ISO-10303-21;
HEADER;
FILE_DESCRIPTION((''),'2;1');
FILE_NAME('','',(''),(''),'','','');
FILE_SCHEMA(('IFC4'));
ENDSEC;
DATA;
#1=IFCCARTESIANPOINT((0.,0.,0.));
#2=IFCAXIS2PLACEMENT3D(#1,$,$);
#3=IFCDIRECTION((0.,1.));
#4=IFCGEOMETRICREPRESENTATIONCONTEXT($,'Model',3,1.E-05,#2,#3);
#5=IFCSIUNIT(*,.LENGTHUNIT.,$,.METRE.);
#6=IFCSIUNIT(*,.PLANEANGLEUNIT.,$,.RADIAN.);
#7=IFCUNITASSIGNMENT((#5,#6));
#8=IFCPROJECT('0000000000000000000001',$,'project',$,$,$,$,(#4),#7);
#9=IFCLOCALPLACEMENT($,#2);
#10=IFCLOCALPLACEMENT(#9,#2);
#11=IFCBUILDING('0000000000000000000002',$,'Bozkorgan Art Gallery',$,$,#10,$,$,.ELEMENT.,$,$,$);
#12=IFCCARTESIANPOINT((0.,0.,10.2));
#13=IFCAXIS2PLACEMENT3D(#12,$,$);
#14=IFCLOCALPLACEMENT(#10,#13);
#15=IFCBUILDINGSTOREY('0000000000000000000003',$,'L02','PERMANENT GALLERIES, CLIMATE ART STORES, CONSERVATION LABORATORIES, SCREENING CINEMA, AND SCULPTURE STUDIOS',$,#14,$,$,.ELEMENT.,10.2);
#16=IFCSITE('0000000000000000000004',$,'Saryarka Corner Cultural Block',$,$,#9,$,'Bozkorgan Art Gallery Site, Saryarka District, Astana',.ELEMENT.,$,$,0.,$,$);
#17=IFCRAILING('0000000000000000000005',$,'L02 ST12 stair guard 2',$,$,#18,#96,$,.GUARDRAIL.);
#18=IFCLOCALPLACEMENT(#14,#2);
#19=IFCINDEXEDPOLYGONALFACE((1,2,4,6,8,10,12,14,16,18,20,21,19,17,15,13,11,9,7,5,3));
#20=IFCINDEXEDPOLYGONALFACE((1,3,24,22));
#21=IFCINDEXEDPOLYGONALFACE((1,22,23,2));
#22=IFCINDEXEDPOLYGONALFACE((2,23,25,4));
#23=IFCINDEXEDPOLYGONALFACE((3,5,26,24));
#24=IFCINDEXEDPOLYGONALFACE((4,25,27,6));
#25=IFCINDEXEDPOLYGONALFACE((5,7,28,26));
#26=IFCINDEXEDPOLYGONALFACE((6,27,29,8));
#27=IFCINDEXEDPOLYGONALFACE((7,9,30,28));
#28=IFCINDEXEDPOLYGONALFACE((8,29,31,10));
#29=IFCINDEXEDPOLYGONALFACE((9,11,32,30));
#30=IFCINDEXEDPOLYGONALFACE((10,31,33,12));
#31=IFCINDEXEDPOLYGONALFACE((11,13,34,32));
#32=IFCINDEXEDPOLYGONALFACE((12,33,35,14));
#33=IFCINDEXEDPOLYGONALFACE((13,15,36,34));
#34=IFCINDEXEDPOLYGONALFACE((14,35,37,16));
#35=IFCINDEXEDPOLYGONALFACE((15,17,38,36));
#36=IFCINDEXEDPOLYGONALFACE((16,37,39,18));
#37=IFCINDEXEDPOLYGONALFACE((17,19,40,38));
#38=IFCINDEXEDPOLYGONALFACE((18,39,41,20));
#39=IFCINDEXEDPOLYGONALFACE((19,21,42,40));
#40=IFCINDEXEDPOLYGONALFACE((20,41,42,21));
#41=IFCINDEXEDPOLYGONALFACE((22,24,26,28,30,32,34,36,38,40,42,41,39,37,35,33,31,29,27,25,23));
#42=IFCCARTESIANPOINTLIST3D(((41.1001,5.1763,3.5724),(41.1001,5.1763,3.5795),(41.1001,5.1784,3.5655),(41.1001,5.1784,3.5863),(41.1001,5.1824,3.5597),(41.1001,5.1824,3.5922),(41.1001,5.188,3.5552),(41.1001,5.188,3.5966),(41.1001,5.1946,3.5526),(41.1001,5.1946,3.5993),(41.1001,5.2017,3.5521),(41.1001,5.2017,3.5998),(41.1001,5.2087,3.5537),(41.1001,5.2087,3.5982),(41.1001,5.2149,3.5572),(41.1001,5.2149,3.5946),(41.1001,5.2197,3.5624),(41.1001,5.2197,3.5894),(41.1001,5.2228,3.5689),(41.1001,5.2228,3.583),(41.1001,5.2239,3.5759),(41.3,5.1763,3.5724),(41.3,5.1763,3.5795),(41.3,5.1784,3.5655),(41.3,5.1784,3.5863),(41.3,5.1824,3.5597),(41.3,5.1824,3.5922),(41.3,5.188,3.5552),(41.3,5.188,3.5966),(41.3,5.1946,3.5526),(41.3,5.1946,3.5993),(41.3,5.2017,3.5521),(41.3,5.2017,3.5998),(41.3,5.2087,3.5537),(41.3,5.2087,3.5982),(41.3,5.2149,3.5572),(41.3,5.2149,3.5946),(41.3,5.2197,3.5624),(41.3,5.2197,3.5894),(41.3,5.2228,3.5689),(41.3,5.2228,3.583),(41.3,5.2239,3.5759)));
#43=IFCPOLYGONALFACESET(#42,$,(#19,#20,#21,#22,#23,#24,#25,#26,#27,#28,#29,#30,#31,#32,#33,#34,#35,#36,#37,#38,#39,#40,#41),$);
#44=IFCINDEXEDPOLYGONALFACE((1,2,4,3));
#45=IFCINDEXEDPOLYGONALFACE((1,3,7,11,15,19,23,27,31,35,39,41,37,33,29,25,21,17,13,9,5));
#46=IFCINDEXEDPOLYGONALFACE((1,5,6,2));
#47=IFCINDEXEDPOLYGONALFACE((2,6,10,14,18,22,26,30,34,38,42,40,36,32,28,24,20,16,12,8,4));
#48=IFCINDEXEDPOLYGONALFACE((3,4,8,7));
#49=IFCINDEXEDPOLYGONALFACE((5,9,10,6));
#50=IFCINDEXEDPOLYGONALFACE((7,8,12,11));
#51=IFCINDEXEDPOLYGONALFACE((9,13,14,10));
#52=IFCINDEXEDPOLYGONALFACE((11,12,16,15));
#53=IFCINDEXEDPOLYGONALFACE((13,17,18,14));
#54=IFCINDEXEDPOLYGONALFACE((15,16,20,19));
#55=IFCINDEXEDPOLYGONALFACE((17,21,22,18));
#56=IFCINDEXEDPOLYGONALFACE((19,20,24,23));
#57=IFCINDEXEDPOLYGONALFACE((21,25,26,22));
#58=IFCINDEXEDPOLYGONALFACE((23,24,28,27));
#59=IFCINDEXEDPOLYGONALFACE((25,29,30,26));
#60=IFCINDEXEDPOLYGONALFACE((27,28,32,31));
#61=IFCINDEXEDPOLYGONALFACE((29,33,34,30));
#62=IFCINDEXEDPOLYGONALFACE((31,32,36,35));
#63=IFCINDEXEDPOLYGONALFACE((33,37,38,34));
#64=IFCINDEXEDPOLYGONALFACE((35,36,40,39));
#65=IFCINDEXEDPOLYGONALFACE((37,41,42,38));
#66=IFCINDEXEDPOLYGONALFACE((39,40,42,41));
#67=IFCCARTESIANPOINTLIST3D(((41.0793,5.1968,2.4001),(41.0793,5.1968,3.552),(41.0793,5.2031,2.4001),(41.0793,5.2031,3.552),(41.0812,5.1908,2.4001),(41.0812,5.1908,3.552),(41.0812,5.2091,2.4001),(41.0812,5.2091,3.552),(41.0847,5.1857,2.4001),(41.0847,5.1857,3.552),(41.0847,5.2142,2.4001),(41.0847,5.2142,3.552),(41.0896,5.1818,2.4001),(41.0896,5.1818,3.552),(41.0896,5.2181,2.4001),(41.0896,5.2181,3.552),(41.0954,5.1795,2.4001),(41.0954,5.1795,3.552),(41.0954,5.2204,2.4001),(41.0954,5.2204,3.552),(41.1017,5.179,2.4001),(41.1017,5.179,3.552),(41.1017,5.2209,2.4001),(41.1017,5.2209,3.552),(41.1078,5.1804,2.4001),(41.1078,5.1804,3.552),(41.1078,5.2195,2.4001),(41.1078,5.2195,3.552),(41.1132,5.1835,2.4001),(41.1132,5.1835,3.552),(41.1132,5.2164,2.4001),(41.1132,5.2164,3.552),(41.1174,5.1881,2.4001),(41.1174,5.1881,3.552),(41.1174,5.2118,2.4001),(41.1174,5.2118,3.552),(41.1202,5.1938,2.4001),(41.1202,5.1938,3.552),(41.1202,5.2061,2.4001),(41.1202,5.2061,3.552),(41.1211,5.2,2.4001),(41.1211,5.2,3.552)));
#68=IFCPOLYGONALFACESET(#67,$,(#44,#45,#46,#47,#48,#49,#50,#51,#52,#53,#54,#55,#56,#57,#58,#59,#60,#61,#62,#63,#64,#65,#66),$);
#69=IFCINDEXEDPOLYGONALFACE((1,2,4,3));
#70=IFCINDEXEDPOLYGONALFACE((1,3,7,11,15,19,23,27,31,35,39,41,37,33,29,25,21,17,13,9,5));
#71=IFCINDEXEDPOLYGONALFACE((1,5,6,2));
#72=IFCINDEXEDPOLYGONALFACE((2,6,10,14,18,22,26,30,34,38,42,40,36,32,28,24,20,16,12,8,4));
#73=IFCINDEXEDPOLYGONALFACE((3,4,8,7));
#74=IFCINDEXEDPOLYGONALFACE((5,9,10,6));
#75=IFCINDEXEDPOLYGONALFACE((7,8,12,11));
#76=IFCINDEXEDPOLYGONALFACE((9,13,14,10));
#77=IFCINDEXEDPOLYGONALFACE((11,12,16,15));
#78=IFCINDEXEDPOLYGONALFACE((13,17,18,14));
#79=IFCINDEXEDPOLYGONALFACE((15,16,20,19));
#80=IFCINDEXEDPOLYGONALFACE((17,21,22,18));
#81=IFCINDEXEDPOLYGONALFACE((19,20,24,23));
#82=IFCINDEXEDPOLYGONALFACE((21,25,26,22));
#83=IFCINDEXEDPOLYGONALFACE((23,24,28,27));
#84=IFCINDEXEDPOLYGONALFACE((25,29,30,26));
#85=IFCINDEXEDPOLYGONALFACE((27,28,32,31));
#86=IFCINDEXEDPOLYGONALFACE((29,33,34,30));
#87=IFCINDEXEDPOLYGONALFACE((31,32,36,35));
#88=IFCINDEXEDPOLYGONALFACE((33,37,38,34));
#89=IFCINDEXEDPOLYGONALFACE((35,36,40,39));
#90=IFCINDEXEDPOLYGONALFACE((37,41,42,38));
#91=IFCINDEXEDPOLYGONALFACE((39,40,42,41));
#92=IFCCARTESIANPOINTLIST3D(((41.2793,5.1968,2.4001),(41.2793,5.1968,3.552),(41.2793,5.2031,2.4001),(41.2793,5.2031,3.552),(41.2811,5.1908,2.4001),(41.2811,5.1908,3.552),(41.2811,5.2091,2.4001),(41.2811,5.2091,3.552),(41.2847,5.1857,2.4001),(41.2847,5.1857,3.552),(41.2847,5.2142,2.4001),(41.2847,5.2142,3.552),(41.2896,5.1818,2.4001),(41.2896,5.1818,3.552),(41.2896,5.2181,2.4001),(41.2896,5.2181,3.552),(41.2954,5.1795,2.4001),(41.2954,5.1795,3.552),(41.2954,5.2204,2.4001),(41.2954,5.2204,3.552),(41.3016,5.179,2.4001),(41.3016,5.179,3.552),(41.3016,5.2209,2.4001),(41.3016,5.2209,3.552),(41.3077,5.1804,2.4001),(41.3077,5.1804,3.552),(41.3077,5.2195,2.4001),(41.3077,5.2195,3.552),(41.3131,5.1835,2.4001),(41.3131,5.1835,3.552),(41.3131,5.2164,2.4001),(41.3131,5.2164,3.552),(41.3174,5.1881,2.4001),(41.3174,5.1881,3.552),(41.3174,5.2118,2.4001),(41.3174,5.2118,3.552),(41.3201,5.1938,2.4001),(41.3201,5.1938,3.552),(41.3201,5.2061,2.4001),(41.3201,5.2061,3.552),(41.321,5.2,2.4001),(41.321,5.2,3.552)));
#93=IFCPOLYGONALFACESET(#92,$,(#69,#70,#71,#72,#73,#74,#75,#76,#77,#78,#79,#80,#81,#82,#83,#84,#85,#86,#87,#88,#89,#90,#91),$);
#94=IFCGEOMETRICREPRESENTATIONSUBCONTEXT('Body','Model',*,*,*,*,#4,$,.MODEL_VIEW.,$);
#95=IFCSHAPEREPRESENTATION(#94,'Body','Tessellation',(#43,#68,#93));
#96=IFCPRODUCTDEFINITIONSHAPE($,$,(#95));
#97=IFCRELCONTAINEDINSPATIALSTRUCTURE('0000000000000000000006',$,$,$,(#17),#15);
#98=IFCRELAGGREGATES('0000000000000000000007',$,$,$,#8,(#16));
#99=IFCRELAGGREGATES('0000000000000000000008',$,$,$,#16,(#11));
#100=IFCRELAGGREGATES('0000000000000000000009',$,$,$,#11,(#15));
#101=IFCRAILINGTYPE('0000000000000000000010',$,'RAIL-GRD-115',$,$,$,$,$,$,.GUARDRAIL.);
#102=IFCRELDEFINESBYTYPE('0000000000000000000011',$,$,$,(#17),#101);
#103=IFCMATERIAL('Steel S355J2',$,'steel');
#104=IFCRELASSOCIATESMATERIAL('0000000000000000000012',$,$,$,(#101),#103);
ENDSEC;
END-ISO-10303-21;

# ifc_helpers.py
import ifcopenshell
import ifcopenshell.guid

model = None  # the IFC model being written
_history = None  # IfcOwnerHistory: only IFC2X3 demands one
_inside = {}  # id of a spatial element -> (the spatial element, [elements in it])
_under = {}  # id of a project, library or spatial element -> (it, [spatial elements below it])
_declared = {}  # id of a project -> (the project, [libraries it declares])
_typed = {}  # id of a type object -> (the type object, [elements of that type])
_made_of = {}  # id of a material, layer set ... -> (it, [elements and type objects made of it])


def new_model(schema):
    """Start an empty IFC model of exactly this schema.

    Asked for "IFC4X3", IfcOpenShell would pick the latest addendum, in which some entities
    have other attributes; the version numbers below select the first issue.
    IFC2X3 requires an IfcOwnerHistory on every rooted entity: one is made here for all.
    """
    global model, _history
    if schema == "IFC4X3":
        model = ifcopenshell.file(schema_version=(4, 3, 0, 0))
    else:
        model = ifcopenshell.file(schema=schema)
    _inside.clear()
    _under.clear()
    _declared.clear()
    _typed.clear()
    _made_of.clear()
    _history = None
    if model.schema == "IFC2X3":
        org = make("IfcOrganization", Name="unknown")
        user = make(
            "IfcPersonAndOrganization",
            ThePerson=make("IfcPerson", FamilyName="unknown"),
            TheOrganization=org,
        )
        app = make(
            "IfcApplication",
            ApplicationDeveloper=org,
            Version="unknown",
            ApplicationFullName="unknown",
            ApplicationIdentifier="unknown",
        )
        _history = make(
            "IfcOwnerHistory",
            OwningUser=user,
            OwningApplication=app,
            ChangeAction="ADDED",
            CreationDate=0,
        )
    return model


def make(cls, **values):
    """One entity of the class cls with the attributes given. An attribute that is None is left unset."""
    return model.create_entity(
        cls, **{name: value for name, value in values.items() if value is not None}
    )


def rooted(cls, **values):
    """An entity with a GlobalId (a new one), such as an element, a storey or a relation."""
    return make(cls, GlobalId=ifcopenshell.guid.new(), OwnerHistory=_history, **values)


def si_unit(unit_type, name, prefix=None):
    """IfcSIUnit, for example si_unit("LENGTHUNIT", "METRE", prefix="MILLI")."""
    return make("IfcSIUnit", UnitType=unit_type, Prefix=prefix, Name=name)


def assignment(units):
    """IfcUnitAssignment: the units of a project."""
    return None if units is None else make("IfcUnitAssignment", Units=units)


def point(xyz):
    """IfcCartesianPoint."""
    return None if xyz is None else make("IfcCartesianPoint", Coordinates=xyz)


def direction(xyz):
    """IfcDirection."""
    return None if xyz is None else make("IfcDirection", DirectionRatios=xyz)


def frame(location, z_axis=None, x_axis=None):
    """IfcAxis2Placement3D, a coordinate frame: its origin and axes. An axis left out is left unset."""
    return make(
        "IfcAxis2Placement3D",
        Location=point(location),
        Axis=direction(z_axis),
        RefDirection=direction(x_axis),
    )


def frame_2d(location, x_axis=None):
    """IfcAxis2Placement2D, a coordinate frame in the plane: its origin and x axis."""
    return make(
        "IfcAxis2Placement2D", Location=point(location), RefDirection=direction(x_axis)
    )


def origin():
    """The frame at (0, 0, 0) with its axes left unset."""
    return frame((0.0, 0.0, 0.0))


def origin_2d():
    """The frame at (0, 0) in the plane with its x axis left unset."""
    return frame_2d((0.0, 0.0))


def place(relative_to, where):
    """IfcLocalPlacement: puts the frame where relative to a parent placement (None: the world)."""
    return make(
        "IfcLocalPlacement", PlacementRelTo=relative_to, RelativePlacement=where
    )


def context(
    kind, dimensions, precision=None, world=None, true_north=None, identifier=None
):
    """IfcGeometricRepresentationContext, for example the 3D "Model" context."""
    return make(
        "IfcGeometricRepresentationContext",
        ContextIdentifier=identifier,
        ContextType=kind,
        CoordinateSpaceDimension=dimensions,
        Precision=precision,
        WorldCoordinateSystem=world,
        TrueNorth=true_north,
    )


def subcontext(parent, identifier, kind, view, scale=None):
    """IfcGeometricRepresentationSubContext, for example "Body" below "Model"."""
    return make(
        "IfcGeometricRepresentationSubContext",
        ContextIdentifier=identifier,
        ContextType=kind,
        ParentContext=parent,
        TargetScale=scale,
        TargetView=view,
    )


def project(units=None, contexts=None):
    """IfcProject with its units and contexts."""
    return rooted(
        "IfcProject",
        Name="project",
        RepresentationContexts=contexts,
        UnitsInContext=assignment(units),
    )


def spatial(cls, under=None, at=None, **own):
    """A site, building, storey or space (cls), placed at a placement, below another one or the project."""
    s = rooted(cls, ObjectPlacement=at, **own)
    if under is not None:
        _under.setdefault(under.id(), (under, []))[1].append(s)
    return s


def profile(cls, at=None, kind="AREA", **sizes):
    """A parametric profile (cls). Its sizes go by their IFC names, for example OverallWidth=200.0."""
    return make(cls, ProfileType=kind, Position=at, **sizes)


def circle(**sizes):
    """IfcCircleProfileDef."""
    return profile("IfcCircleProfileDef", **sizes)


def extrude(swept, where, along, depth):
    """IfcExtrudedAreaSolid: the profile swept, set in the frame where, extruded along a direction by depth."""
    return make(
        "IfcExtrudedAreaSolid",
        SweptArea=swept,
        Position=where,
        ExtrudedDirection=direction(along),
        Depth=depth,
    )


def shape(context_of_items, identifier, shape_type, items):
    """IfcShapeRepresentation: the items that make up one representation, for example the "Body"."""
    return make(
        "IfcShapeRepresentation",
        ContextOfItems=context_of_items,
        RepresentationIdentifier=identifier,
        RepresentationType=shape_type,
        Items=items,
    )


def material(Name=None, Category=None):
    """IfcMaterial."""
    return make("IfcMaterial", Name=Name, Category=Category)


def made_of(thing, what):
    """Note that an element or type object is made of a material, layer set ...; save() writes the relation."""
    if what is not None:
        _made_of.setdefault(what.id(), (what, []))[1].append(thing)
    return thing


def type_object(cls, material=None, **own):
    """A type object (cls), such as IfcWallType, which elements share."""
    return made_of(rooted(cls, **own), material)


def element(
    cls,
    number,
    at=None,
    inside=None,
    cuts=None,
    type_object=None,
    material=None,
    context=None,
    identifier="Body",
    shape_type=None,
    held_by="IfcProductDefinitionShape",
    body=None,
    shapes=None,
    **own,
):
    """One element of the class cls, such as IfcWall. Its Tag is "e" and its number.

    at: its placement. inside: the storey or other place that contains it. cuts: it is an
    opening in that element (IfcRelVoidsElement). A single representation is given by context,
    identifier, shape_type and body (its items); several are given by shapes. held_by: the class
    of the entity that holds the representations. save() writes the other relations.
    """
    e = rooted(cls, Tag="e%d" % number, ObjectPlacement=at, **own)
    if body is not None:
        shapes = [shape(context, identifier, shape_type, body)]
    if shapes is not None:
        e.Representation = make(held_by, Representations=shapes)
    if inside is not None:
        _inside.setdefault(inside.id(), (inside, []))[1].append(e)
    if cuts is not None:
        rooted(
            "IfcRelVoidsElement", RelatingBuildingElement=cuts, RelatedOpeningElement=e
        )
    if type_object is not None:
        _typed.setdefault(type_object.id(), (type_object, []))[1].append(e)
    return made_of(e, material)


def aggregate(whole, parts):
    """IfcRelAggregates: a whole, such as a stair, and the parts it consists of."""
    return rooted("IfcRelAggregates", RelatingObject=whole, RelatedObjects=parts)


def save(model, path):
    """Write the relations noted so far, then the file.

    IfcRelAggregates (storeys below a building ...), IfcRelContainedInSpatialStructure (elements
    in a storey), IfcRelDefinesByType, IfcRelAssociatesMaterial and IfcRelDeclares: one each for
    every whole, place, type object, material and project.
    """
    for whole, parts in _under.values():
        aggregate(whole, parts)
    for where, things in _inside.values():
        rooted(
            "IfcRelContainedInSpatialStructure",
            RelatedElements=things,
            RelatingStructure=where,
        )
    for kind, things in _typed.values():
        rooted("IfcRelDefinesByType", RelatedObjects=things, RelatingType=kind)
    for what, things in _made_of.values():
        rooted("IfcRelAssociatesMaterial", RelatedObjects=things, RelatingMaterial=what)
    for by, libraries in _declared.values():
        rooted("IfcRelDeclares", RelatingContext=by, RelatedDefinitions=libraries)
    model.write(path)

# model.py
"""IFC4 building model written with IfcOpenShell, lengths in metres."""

from ifc_helpers import new_model, si_unit, direction, frame, origin, origin_2d, place, context, subcontext, project, spatial, circle, extrude, material, type_object, element, save


model = new_model("IFC4")

# Units and contexts
model_context = context("Model", 3, precision=1e-05, world=origin(), true_north=direction((0.0, 1.0)))
body_context = subcontext(model_context, "Body", "Model", "MODEL_VIEW")
ifc_project = project(units=[si_unit("LENGTHUNIT", "METRE"), si_unit("PLANEANGLEUNIT", "RADIAN")], contexts=[model_context])

# Site, building, storey
site_placement = place(None, origin())
site = spatial("IfcSite", under=ifc_project, at=site_placement, Name="Saryarka Corner Cultural Block", LongName="Bozkorgan Art Gallery Site, Saryarka District, Astana", CompositionType="ELEMENT", RefElevation=0.0)
building_placement = place(site_placement, origin())
building = spatial("IfcBuilding", under=site, at=building_placement, Name="Bozkorgan Art Gallery", CompositionType="ELEMENT")
storey_placement = place(building_placement, frame((0.0, 0.0, 10.2)))
storey = spatial("IfcBuildingStorey", under=building, at=storey_placement, Name="L02", Description="PERMANENT GALLERIES, CLIMATE ART STORES, CONSERVATION LABORATORIES, SCREENING CINEMA, AND SCULPTURE STUDIOS", CompositionType="ELEMENT", Elevation=10.2)

# Shared definitions
ifc_material_1 = material(Name="Steel S355J2", Category="steel")

# Railing
railing_type_1 = type_object("IfcRailingType", Name="RAIL-GRD-115", PredefinedType="GUARDRAIL", material=ifc_material_1)
railing_1_placement = place(storey_placement, frame((41.1001, 5.2, 2.4001)))
element("IfcRailing", 1, at=railing_1_placement, inside=storey, type_object=railing_type_1, Name="L02 ST12 stair guard 2", PredefinedType="GUARDRAIL", context=body_context, shape_type="SweptSolid", body=[
    extrude(circle(Radius=0.0239, at=origin_2d()), frame((0.0, 0.0, 1.1758), z_axis=(1.0, 0.0, 0.0), x_axis=(0.0, 1.0, 0.0)), (0.0, 0.0, 1.0), 0.2),
    extrude(circle(Radius=0.021, at=origin_2d()), origin(), (0.0, 0.0, 1.0), 1.1519),
    extrude(circle(Radius=0.021, at=origin_2d()), frame((0.2, 0.0, 0.0)), (0.0, 0.0, 1.0), 1.1519),
])

save(model, "model.ifc")
